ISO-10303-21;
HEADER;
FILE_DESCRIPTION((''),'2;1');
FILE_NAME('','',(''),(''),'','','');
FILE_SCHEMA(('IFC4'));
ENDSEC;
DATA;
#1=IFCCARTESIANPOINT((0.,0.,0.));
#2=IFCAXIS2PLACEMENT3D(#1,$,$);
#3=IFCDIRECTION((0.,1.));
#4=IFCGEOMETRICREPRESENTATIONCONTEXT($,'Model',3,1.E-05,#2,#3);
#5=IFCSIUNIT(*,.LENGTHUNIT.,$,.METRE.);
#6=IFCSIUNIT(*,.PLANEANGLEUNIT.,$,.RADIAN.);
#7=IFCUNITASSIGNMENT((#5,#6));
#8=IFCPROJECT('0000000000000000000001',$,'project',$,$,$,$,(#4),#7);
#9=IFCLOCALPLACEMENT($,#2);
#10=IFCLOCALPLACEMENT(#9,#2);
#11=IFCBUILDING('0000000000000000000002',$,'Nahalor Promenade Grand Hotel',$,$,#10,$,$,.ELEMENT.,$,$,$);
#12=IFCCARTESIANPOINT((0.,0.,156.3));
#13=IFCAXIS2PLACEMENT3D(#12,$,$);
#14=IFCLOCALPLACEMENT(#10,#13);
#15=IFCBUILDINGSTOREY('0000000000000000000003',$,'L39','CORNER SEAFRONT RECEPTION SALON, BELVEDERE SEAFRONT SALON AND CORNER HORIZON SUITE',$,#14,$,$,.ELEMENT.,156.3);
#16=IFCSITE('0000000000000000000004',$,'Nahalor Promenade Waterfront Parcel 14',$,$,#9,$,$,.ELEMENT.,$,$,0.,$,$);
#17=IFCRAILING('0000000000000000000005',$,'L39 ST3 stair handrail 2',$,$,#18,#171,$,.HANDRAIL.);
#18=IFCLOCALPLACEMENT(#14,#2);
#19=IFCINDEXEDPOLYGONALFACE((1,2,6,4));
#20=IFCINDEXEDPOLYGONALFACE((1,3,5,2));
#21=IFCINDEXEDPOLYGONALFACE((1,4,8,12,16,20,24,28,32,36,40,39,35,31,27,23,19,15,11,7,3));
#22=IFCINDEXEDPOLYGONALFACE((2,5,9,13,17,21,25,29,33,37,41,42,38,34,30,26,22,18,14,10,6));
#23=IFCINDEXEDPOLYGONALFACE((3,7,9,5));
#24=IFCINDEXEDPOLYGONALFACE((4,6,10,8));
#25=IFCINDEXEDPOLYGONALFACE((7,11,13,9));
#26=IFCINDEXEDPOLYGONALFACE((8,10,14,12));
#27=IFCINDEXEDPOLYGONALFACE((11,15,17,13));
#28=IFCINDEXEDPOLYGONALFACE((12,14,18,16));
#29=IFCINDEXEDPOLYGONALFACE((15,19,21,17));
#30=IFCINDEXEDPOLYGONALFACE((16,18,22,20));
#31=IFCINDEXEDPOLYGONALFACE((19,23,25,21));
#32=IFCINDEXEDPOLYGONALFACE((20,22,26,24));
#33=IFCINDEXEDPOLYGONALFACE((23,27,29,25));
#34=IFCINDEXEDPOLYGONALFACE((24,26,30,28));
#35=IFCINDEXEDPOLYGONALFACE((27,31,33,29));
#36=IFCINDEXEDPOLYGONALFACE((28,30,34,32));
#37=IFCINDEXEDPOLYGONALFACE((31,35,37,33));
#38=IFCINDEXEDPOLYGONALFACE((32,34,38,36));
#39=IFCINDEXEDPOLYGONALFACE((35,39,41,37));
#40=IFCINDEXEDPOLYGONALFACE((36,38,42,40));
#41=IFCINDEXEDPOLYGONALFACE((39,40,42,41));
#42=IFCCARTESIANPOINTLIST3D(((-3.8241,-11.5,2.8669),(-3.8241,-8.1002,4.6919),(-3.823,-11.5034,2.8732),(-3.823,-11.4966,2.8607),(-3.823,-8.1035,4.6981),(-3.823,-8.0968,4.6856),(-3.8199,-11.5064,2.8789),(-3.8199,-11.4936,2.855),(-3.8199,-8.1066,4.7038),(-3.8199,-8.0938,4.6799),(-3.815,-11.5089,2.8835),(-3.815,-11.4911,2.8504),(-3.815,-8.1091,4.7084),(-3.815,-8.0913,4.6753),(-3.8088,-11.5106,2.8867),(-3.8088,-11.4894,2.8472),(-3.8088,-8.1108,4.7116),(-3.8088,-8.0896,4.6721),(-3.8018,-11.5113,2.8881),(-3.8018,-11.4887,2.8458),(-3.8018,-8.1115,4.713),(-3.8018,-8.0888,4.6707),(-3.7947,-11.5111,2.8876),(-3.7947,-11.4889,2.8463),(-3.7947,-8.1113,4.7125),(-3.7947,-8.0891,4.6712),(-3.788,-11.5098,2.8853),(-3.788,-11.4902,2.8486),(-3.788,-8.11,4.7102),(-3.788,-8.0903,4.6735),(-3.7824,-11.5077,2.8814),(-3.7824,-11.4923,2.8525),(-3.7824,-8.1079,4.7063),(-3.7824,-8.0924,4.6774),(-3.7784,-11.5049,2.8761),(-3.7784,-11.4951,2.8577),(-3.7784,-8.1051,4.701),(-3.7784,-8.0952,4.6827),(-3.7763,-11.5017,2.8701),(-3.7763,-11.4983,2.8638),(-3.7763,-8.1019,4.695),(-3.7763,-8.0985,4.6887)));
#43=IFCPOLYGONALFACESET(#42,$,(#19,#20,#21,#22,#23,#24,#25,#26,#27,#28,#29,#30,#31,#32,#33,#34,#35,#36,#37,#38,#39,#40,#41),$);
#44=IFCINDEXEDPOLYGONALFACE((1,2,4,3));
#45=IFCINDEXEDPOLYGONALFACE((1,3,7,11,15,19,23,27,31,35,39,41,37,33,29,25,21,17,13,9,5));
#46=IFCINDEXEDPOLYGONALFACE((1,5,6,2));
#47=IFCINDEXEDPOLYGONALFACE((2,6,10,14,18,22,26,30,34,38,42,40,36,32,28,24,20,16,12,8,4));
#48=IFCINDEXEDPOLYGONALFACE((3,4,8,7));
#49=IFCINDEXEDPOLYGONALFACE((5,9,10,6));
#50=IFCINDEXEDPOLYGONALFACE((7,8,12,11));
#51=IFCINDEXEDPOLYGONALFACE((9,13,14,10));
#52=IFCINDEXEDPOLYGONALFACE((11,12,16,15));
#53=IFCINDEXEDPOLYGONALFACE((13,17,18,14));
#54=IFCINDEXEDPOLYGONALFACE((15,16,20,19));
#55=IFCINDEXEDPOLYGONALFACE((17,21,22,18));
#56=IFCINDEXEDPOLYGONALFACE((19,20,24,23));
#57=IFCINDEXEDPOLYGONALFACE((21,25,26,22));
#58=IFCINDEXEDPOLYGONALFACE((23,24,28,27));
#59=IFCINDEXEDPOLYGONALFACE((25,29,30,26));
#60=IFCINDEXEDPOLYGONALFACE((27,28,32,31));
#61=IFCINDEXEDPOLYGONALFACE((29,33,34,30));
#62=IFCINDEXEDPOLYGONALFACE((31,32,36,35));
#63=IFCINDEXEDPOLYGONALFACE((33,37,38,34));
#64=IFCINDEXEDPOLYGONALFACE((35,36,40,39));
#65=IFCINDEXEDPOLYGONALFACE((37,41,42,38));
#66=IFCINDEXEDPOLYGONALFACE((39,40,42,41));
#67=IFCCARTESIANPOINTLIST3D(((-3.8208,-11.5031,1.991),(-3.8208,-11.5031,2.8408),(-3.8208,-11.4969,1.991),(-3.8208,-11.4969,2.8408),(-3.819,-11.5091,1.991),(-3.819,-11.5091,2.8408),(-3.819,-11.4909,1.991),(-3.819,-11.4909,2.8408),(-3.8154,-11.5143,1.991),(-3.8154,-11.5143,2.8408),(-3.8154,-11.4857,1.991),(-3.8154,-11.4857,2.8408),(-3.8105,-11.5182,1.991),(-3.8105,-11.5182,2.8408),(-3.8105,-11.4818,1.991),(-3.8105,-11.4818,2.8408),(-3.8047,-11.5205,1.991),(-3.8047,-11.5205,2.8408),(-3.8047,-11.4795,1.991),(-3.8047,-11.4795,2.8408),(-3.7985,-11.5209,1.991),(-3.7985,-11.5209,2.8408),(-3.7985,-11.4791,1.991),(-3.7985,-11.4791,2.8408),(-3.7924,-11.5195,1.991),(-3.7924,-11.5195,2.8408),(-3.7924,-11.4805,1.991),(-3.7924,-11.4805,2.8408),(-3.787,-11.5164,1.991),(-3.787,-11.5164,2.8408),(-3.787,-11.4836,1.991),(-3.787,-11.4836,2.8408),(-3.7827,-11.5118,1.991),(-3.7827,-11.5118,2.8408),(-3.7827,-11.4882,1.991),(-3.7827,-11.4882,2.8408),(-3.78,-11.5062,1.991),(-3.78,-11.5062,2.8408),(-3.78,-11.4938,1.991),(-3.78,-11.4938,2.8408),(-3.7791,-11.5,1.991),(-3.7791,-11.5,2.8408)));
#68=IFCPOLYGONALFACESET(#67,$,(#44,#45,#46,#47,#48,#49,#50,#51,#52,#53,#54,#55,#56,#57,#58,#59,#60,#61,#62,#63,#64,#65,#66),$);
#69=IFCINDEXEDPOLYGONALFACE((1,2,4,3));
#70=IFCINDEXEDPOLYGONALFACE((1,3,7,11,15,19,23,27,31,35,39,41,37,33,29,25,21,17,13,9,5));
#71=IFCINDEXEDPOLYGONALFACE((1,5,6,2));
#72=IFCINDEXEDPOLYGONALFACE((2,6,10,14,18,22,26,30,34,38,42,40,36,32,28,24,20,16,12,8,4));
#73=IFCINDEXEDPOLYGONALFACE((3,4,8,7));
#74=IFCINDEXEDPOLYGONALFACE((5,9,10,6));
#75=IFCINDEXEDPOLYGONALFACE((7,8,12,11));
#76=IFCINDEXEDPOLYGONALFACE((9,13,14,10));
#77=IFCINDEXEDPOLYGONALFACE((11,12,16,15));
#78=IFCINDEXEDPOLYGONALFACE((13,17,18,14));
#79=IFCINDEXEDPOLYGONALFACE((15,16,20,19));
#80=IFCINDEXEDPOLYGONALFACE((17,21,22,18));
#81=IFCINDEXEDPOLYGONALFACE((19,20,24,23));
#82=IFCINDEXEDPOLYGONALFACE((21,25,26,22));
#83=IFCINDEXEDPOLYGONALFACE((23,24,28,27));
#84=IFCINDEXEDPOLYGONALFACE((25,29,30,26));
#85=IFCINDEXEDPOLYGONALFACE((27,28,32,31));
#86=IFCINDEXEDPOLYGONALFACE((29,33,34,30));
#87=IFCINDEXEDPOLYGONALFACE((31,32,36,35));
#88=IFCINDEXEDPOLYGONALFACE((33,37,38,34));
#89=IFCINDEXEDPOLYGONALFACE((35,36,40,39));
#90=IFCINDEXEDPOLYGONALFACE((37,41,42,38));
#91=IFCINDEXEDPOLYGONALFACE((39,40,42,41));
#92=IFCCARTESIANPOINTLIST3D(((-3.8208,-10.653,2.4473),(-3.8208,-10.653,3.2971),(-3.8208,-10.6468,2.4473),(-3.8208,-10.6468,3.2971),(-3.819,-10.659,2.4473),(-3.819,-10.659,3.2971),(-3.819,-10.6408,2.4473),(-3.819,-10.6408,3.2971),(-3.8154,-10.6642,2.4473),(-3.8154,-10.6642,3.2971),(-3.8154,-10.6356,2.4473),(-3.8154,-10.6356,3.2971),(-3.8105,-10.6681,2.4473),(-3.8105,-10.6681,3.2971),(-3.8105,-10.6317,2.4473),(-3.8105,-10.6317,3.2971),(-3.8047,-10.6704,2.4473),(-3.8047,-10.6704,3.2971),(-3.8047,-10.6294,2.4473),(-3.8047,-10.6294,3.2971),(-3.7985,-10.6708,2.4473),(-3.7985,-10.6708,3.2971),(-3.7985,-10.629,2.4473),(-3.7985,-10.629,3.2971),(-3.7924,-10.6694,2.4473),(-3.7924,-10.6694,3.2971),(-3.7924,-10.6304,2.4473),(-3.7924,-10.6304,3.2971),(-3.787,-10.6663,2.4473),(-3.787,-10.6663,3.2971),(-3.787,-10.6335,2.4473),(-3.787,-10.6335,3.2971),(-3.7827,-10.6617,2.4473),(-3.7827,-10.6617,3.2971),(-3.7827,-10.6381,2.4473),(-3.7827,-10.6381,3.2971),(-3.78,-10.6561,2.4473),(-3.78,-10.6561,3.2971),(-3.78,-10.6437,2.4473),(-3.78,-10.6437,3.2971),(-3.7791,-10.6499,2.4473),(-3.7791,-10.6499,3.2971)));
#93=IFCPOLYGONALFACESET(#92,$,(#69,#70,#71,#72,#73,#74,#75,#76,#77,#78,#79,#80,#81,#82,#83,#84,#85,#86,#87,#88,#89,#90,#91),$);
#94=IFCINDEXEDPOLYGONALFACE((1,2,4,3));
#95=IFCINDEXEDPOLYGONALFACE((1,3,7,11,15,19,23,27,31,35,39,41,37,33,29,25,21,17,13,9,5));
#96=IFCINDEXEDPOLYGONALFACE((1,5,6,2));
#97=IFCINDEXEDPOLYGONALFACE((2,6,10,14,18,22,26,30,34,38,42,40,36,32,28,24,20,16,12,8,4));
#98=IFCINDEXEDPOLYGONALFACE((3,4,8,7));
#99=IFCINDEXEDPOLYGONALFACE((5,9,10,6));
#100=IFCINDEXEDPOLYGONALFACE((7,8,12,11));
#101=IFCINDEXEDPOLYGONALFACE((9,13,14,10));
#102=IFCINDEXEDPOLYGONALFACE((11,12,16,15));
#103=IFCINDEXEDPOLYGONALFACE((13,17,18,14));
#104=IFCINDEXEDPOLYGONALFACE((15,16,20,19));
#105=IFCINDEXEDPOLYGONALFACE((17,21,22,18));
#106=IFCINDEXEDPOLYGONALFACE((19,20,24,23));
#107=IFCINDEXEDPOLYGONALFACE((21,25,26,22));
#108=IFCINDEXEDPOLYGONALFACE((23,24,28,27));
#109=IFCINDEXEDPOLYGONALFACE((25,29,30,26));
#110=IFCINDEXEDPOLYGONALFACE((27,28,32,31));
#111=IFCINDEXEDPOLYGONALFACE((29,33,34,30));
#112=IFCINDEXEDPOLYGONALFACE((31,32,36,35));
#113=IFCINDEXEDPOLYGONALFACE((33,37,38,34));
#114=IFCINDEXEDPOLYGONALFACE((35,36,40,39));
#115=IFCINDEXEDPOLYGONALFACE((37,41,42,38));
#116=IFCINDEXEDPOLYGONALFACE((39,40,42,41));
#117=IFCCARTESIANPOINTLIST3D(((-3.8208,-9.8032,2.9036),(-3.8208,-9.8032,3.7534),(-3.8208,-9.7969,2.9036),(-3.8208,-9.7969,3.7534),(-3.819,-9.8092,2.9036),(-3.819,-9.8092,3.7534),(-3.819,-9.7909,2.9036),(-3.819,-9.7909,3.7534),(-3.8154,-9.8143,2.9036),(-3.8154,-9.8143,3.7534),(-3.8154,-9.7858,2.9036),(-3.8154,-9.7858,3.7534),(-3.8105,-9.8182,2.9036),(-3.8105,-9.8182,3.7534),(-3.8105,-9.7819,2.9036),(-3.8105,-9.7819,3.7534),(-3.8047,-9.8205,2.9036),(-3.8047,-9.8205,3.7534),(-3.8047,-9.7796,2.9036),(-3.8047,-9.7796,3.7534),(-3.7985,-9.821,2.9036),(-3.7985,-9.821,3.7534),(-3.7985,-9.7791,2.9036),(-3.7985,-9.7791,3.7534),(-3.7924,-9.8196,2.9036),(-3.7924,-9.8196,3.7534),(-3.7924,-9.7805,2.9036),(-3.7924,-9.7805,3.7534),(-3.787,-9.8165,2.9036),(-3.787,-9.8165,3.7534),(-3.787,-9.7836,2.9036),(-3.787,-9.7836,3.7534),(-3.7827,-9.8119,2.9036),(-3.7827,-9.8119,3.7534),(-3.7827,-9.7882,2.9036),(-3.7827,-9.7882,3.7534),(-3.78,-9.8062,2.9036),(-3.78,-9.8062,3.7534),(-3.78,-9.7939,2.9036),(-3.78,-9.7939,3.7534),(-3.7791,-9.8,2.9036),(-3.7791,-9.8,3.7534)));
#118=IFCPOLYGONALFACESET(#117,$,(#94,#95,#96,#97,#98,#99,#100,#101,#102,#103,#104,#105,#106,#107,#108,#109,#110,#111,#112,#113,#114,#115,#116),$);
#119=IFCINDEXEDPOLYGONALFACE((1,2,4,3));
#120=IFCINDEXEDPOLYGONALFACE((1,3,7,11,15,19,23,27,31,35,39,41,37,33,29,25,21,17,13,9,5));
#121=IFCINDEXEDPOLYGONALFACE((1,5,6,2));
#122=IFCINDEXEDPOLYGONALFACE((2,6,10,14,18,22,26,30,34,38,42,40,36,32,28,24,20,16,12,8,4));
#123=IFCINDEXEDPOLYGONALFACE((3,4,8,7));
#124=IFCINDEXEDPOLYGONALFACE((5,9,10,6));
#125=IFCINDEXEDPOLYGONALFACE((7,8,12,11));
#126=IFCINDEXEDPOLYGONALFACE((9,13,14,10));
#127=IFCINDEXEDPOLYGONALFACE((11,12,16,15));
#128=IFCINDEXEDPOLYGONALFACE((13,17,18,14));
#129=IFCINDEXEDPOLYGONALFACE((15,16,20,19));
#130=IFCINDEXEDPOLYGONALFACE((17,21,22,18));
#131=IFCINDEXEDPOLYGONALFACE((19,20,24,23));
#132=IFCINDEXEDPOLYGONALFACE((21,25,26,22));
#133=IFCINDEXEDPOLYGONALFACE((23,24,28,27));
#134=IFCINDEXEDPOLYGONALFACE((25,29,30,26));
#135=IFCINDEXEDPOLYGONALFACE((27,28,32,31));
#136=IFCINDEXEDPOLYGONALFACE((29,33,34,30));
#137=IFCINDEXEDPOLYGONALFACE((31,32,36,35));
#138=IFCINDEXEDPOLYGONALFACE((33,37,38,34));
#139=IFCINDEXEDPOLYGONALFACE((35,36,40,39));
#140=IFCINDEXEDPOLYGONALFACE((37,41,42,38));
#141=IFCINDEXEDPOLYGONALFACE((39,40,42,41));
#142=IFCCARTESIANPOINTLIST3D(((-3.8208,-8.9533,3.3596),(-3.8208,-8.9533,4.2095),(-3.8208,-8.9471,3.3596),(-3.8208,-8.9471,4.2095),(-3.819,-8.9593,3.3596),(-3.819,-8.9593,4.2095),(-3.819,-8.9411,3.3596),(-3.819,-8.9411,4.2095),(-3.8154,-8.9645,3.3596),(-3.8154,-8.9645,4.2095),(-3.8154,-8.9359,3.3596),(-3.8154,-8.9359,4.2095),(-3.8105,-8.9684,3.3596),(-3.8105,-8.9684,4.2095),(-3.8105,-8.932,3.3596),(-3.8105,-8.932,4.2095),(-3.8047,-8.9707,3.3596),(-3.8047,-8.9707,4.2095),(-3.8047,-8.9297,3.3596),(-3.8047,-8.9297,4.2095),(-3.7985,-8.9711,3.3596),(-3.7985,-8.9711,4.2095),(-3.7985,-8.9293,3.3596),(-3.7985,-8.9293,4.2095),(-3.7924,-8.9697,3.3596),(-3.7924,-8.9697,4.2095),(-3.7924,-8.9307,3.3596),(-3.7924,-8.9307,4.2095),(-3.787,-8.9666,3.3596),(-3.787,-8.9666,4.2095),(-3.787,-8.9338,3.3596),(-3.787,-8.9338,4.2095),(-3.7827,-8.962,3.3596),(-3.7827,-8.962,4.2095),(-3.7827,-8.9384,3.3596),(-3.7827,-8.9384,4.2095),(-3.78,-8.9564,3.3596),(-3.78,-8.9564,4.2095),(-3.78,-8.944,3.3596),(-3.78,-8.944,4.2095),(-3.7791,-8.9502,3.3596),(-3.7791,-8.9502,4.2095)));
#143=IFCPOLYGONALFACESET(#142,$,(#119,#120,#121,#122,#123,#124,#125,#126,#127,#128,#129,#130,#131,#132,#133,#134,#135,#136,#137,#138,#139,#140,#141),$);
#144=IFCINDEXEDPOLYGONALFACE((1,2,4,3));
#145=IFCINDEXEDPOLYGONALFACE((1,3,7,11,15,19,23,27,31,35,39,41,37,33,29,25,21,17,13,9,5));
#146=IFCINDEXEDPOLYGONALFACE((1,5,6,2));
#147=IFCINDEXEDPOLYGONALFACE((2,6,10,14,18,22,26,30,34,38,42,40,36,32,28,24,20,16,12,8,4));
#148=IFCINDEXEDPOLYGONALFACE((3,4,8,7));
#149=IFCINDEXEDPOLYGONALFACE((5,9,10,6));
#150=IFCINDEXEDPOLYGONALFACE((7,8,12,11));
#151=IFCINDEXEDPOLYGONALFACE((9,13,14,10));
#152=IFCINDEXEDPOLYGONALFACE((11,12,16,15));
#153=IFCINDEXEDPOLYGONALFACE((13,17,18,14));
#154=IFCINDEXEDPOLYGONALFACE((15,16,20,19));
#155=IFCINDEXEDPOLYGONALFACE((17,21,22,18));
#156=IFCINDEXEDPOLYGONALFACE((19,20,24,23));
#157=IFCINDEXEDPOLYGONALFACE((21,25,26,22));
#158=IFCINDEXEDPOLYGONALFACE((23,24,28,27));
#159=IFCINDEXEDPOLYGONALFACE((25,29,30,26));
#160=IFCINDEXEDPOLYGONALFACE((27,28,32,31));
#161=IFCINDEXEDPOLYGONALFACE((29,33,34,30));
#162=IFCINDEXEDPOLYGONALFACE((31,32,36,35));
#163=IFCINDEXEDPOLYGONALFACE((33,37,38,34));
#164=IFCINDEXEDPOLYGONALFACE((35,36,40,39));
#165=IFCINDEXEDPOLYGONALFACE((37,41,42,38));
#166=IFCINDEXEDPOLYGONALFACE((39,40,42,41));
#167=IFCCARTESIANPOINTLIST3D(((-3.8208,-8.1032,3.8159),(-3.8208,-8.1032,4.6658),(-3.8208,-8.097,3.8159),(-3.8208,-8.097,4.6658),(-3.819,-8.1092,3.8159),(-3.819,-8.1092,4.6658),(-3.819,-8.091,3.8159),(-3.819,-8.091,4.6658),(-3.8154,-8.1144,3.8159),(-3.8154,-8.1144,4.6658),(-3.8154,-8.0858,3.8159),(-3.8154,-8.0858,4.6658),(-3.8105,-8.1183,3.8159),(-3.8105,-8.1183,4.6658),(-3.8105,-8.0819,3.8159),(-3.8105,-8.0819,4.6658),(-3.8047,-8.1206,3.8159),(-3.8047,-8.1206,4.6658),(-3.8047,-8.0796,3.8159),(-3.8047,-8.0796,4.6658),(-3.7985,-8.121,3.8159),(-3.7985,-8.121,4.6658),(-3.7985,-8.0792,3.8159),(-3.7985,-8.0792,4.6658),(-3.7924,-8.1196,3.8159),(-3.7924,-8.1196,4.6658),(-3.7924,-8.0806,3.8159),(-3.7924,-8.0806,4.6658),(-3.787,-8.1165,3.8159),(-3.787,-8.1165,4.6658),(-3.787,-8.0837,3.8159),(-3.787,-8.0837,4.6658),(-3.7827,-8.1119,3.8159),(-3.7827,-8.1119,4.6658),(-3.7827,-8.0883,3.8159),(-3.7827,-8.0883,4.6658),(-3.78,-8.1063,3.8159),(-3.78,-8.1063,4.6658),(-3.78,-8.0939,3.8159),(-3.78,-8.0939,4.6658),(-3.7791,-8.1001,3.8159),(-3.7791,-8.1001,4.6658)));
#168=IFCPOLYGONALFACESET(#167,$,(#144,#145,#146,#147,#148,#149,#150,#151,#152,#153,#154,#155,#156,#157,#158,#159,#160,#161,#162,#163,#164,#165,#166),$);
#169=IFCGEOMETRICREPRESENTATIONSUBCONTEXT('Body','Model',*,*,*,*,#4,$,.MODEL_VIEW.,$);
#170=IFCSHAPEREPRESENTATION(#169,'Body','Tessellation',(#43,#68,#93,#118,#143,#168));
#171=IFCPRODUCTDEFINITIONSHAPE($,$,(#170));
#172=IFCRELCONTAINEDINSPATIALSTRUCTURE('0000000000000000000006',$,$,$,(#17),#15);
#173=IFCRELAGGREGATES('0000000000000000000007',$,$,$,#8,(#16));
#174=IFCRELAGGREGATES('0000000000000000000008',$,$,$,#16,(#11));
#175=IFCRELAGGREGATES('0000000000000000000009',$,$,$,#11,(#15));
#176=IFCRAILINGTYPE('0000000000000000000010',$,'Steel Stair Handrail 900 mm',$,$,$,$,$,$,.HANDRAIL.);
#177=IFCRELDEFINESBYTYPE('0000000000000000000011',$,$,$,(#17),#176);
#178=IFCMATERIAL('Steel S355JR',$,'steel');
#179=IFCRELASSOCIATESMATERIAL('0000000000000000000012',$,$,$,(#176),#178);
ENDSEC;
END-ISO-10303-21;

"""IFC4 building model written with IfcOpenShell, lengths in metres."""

from ifc_helpers import new_model, si_unit, direction, frame, origin, origin_2d, place, context, subcontext, project, spatial, circle, extrude, material, type_object, element, save


model = new_model("IFC4")

# Units and contexts
model_context = context("Model", 3, precision=1e-05, world=origin(), true_north=direction((0.0, 1.0)))
body_context = subcontext(model_context, "Body", "Model", "MODEL_VIEW")
ifc_project = project(units=[si_unit("LENGTHUNIT", "METRE"), si_unit("PLANEANGLEUNIT", "RADIAN")], contexts=[model_context])

# Site, building, storey
site_placement = place(None, origin())
site = spatial("IfcSite", under=ifc_project, at=site_placement, Name="Nahalor Promenade Waterfront Parcel 14", CompositionType="ELEMENT", RefElevation=0.0)
building_placement = place(site_placement, origin())
building = spatial("IfcBuilding", under=site, at=building_placement, Name="Nahalor Promenade Grand Hotel", CompositionType="ELEMENT")
storey_placement = place(building_placement, frame((0.0, 0.0, 156.3)))
storey = spatial("IfcBuildingStorey", under=building, at=storey_placement, Name="L39", Description="CORNER SEAFRONT RECEPTION SALON, BELVEDERE SEAFRONT SALON AND CORNER HORIZON SUITE", CompositionType="ELEMENT", Elevation=156.3)

# Shared definitions
ifc_material_1 = material(Name="Steel S355JR", Category="steel")

# Railing
railing_type_1 = type_object("IfcRailingType", Name="Steel Stair Handrail 900 mm", PredefinedType="HANDRAIL", material=ifc_material_1)
railing_1_placement = place(storey_placement, frame((-3.8, -11.5, 1.991)))
element("IfcRailing", 1, at=railing_1_placement, inside=storey, type_object=railing_type_1, Name="L39 ST3 stair handrail 2", PredefinedType="HANDRAIL", context=body_context, shape_type="SweptSolid", body=[
    extrude(circle(Radius=0.024, at=origin_2d()), frame((0.0, 0.0, 0.876), z_axis=(0.0, 0.881094, 0.472941), x_axis=(-1.0, 0.0, 0.0)), (0.0, 0.0, 1.0), 3.8586),
    extrude(circle(Radius=0.021, at=origin_2d()), origin(), (0.0, 0.0, 1.0), 0.8499),
    extrude(circle(Radius=0.021, at=origin_2d()), frame((0.0, 0.8501, 0.4563)), (0.0, 0.0, 1.0), 0.8499),
    extrude(circle(Radius=0.021, at=origin_2d()), frame((0.0, 1.7, 0.9126)), (0.0, 0.0, 1.0), 0.8499),
    extrude(circle(Radius=0.021, at=origin_2d()), frame((0.0, 2.5498, 1.3687)), (0.0, 0.0, 1.0), 0.8499),
    extrude(circle(Radius=0.021, at=origin_2d()), frame((0.0, 3.3999, 1.825)), (0.0, 0.0, 1.0), 0.8499),
])

save(model, "model.ifc")
